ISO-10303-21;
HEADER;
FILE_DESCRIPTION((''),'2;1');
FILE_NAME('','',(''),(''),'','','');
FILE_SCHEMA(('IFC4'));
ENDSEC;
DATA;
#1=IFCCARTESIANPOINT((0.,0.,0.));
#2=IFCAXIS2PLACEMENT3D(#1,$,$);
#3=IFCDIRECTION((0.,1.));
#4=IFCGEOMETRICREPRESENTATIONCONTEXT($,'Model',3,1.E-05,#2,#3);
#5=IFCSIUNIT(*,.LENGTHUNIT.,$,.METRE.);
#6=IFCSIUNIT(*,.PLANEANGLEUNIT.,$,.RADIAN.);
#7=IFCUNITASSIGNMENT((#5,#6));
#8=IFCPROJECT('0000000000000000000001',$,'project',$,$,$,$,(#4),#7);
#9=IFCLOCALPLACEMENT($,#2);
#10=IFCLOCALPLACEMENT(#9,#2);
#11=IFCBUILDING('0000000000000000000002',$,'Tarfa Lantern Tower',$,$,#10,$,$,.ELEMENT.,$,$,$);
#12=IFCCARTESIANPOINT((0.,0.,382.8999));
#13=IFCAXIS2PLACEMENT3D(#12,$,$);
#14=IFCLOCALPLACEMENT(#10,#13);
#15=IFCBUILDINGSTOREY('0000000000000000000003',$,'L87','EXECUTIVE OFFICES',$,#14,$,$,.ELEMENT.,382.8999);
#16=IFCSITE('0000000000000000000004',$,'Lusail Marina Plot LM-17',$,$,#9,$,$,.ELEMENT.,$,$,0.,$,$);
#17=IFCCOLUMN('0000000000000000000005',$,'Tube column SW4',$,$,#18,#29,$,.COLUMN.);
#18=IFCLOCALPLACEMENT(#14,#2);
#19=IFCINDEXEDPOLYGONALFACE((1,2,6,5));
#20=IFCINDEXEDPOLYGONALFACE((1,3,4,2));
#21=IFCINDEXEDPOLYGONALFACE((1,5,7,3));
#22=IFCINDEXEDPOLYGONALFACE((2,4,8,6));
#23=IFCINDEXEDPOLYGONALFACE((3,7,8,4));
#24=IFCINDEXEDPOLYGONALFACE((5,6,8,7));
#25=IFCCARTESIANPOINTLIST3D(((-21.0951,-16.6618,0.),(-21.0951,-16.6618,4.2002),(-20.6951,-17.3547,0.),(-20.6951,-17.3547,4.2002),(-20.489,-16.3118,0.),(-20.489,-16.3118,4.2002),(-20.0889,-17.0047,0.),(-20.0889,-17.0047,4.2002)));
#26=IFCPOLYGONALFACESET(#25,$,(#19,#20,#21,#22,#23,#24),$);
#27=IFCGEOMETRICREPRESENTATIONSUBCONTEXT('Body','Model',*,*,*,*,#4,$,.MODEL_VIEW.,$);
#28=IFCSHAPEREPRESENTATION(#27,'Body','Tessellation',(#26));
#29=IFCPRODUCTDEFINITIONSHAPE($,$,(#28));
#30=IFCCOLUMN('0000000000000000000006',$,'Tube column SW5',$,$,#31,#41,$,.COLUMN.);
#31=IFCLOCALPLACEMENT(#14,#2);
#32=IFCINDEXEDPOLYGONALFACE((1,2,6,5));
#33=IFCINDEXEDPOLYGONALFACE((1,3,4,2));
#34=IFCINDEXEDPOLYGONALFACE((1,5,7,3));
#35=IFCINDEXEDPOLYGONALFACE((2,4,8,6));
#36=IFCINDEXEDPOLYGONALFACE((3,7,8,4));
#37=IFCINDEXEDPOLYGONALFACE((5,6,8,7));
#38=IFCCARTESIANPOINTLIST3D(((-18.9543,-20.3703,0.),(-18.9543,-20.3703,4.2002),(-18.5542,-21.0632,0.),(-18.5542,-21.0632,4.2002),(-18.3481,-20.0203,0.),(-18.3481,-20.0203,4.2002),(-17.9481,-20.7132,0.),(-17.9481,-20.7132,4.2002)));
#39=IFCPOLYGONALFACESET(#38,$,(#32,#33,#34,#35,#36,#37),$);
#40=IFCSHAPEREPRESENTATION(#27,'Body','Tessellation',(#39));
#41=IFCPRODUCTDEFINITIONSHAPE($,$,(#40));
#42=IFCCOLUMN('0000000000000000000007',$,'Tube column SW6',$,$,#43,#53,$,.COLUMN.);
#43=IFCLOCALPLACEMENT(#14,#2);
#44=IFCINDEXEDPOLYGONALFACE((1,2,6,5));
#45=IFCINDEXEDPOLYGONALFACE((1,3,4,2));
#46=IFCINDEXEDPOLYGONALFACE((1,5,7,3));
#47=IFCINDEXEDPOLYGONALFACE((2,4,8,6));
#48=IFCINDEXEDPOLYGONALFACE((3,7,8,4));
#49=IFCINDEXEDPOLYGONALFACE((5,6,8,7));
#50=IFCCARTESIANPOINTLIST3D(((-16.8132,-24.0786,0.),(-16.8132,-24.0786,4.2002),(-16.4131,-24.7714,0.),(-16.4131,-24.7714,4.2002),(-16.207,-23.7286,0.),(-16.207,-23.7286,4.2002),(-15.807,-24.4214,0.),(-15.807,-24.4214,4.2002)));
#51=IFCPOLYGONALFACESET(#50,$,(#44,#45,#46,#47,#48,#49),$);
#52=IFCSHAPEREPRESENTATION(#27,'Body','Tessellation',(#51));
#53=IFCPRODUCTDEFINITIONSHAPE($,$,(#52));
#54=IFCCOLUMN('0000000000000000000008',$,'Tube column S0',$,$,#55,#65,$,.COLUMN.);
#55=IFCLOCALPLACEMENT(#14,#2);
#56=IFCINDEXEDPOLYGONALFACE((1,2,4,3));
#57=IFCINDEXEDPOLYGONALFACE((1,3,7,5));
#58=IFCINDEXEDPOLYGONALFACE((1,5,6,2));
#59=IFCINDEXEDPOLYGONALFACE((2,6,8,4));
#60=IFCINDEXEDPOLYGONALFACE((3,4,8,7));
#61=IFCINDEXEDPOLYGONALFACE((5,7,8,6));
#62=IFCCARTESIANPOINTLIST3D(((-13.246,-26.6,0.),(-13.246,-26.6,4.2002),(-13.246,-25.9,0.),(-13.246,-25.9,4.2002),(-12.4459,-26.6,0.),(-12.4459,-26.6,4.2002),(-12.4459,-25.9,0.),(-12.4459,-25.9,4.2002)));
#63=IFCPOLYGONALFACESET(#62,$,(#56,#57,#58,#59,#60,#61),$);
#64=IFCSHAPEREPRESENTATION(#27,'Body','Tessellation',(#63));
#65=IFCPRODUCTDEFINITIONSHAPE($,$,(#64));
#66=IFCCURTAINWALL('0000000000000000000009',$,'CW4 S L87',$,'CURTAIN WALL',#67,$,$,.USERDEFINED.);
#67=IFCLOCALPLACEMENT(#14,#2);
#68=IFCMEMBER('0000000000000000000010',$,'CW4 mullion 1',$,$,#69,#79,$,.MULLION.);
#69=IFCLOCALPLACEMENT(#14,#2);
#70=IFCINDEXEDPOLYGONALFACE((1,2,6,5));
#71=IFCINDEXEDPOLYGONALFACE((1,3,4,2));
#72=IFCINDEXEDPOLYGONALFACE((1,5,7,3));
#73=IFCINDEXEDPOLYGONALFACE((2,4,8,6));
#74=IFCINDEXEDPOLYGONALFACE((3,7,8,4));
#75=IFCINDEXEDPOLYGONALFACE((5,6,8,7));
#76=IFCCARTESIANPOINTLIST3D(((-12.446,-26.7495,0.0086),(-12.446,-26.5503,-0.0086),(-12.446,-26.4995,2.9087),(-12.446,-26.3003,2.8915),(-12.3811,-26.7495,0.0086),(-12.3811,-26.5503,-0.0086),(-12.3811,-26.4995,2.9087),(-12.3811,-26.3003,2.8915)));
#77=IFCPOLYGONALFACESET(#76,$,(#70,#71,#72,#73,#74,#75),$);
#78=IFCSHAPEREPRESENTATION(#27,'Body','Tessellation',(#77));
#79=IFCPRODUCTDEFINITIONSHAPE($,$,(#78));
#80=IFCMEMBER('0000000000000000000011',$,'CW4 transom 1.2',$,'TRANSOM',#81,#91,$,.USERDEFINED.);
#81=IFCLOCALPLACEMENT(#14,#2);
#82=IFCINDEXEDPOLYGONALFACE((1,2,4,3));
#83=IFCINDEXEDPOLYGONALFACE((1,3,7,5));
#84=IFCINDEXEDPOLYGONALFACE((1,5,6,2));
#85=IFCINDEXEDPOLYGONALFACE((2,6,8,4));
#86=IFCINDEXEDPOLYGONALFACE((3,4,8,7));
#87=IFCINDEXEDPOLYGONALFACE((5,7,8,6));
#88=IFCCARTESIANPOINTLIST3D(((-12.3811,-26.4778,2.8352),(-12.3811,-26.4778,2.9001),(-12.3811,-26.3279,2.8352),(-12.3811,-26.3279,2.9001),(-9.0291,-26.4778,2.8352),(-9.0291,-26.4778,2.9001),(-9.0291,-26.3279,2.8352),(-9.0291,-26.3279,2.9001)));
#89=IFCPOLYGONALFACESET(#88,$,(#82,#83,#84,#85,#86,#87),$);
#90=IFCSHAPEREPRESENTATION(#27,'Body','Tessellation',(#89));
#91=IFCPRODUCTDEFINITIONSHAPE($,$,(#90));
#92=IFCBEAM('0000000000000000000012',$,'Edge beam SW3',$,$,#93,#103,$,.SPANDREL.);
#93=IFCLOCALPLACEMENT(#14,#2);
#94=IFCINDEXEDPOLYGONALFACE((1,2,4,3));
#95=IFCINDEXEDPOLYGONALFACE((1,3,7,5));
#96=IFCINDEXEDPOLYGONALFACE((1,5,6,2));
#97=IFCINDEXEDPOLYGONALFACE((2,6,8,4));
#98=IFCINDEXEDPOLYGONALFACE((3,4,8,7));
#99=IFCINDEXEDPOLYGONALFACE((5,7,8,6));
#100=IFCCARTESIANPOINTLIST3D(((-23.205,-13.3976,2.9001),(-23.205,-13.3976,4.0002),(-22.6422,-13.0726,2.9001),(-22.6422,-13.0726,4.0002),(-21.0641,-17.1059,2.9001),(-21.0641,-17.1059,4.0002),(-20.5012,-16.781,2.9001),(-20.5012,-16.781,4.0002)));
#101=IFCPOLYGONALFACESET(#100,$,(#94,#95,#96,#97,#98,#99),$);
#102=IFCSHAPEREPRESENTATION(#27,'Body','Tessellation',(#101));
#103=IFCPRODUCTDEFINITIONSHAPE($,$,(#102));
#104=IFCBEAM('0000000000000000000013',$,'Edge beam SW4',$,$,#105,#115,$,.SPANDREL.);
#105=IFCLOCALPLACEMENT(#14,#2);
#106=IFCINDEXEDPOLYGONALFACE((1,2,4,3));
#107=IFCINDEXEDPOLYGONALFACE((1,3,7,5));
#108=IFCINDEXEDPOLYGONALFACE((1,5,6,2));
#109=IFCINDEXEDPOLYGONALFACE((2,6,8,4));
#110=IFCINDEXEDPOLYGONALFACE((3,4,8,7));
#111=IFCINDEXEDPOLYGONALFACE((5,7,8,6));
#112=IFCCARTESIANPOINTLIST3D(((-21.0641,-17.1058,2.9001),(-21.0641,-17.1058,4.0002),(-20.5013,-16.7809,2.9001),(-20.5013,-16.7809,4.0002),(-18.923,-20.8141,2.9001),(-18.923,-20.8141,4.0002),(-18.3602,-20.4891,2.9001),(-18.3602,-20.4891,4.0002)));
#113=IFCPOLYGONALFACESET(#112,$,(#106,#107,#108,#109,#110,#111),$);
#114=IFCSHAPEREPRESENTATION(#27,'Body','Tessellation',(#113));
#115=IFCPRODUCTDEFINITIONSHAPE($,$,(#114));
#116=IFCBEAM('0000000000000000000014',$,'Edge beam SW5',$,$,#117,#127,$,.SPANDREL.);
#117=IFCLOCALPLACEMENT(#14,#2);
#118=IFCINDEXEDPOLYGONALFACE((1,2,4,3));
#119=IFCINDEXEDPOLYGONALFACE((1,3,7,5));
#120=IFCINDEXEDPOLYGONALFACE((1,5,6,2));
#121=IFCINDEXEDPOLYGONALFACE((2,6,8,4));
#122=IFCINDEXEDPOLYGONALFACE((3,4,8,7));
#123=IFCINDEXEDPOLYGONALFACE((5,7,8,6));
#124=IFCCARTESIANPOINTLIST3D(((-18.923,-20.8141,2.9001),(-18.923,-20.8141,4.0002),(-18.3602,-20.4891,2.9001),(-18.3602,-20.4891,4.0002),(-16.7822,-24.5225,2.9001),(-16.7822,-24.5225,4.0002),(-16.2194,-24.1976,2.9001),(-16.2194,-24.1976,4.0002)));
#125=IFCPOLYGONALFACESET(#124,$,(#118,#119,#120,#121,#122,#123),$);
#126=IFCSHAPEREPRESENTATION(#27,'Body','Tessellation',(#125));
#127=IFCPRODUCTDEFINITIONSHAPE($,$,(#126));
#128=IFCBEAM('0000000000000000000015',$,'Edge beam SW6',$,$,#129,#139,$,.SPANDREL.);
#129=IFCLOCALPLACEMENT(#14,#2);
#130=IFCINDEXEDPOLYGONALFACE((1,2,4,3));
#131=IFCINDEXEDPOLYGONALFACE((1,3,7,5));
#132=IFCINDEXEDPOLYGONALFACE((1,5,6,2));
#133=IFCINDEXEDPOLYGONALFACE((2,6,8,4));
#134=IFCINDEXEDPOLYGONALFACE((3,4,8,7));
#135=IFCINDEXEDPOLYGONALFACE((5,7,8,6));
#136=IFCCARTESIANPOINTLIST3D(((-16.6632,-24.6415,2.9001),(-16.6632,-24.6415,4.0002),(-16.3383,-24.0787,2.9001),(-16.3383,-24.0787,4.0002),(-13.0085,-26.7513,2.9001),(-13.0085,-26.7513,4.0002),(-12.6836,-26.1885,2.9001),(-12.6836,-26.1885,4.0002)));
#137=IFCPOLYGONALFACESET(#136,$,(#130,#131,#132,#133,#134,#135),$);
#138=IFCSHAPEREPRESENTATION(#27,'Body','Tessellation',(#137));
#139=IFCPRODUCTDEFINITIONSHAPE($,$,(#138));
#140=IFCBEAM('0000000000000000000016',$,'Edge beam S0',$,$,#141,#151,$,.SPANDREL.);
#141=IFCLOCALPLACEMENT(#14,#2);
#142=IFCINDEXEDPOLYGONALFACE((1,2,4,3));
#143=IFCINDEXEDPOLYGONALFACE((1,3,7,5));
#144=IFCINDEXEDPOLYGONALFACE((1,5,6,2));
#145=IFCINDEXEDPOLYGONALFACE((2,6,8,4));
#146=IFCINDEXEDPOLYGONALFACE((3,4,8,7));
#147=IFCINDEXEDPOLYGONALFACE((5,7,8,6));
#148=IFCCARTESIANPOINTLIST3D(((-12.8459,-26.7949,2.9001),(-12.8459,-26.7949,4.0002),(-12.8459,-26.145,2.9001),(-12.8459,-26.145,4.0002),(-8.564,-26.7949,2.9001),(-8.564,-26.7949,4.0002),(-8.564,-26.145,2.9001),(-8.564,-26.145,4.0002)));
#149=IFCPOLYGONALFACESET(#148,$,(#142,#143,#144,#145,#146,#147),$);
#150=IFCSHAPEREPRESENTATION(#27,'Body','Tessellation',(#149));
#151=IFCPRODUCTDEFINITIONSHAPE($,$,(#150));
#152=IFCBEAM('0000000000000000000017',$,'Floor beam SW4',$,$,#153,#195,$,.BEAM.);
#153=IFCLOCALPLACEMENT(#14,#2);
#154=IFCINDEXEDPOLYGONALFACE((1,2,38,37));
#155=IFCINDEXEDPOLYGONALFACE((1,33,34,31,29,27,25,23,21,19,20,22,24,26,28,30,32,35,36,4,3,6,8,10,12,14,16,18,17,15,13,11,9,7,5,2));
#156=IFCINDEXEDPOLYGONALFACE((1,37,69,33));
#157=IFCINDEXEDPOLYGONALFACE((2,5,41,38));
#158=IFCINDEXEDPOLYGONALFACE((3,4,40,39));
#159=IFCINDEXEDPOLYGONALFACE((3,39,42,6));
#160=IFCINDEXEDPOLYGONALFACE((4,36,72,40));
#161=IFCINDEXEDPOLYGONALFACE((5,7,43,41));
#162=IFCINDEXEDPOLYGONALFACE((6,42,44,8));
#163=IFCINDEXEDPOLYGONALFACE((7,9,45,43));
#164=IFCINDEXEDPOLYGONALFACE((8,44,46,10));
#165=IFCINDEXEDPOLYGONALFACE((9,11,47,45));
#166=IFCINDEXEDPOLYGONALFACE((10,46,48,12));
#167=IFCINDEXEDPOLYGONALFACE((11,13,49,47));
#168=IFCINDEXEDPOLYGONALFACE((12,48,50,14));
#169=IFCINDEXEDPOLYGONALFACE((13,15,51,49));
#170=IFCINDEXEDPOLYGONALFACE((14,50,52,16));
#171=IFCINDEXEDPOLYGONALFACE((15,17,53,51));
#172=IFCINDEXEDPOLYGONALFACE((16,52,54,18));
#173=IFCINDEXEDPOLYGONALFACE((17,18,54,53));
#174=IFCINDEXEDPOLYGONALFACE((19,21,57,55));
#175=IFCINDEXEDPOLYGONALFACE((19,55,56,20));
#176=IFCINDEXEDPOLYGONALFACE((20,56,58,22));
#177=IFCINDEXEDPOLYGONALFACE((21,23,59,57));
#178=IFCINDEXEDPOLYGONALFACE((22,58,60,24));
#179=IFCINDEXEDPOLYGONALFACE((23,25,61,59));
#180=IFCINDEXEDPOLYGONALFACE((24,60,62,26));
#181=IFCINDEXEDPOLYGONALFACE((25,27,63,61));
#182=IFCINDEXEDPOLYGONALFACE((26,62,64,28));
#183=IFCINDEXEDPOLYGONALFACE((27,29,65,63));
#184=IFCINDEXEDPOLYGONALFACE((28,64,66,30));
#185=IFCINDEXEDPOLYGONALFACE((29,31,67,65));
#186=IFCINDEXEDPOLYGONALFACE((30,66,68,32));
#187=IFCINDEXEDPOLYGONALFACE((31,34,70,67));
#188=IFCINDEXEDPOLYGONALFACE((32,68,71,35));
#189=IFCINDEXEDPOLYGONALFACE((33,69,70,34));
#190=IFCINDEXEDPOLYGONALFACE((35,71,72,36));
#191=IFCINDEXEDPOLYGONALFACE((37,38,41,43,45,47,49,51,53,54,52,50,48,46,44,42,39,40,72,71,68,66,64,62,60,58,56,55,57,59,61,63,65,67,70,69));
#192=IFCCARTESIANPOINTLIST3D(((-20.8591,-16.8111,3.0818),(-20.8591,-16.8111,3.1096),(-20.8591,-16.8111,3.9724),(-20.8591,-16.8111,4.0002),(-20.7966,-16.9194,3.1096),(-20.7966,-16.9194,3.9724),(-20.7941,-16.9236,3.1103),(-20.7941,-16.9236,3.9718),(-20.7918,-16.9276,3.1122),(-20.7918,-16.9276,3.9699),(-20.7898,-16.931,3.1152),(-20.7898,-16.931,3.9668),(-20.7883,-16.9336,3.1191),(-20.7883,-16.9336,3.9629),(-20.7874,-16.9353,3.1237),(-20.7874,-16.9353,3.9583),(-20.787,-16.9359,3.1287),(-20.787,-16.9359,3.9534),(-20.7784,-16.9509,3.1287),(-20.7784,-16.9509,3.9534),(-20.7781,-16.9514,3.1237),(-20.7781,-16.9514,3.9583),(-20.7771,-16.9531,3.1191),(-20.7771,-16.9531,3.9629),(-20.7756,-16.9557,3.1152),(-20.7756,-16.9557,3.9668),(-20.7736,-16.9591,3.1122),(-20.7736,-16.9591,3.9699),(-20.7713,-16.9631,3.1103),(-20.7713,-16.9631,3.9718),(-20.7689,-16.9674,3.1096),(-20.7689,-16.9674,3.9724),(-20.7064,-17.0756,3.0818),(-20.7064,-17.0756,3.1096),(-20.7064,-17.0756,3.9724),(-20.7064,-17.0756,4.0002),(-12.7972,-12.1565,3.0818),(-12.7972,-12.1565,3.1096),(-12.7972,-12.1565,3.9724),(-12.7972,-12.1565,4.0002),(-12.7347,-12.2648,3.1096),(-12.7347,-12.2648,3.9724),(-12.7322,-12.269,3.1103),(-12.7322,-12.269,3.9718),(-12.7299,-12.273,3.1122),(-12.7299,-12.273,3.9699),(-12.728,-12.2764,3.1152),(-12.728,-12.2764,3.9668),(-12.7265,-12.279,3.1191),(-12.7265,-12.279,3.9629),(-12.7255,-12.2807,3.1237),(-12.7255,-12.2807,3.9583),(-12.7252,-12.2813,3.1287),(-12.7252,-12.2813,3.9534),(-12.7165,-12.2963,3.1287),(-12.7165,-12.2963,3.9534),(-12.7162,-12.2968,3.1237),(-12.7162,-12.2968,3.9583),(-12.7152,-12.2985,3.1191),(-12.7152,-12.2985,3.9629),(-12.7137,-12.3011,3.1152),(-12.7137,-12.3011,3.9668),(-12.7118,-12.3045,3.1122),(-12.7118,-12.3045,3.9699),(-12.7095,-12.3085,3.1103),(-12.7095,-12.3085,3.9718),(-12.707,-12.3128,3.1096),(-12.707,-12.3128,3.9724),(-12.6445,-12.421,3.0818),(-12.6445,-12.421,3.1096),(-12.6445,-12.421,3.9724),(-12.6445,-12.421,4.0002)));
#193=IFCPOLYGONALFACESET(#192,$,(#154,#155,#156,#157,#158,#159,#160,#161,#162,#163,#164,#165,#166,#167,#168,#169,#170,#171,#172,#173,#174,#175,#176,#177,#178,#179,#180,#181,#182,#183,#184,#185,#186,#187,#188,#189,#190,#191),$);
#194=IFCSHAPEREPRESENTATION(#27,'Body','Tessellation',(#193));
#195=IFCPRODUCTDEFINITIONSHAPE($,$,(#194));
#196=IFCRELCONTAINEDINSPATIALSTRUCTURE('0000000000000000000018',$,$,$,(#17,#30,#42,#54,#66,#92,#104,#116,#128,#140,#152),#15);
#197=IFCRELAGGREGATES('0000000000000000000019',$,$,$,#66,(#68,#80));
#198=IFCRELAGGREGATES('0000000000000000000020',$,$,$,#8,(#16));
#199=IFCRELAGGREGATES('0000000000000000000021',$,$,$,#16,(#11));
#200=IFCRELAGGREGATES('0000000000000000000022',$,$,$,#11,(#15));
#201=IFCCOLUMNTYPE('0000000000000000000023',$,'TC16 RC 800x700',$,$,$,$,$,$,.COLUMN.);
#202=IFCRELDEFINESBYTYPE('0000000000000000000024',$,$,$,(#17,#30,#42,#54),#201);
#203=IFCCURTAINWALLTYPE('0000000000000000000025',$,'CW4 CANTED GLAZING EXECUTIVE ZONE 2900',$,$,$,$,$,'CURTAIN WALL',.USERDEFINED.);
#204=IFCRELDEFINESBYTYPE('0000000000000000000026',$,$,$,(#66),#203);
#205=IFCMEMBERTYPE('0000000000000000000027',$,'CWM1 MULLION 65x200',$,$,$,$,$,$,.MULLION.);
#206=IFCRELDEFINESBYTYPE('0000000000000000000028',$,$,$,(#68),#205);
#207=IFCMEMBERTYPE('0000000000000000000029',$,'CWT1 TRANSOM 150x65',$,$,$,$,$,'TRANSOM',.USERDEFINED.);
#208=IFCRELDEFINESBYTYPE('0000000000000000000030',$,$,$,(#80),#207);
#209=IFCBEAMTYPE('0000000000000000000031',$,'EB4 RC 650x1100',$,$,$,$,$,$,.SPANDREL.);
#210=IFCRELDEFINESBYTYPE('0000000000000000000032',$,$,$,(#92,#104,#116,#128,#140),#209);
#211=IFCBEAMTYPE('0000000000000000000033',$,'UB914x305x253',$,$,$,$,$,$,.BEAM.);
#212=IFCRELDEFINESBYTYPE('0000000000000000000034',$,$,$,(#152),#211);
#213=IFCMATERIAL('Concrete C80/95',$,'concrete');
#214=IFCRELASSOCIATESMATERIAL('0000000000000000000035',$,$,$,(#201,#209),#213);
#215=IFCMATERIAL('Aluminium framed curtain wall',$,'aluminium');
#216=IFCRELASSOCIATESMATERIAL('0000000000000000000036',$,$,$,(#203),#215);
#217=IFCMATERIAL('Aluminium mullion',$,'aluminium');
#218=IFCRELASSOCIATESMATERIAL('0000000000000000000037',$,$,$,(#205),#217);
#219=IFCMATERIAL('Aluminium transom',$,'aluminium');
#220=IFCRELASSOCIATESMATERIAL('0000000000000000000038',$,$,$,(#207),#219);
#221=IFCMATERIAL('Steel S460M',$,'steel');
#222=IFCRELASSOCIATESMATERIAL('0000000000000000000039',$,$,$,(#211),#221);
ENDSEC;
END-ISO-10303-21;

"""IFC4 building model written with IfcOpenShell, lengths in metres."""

from ifc_helpers import new_model, si_unit, direction, frame, origin, origin_2d, place, context, subcontext, project, spatial, rectangle, i_section, extrude, material, material_profile, profile_set, type_object, element, aggregate, save


model = new_model("IFC4")

# Units and contexts
model_context = context("Model", 3, precision=1e-05, world=origin(), true_north=direction((0.0, 1.0)))
body_context = subcontext(model_context, "Body", "Model", "MODEL_VIEW")
ifc_project = project(units=[si_unit("LENGTHUNIT", "METRE"), si_unit("PLANEANGLEUNIT", "RADIAN")], contexts=[model_context])

# Site, building, storey
site_placement = place(None, origin())
site = spatial("IfcSite", under=ifc_project, at=site_placement, Name="Lusail Marina Plot LM-17", CompositionType="ELEMENT", RefElevation=0.0)
building_placement = place(site_placement, origin())
building = spatial("IfcBuilding", under=site, at=building_placement, Name="Tarfa Lantern Tower", CompositionType="ELEMENT")
storey_placement = place(building_placement, frame((0.0, 0.0, 382.8999)))
storey = spatial("IfcBuildingStorey", under=building, at=storey_placement, Name="L87", Description="EXECUTIVE OFFICES", CompositionType="ELEMENT", Elevation=382.8999)

# Columns
ifc_material_1 = material(Name="Concrete C80/95", Category="concrete")
ifc_material_profile_1 = material_profile(ifc_material_1, rectangle(XDim=0.8, YDim=0.7, at=origin_2d()), Name="RC 800x700")
ifc_profile_set_1 = profile_set([ifc_material_profile_1], Name="Concrete C80/95")
column_type = type_object("IfcColumnType", Name="TC16 RC 800x700", PredefinedType="COLUMN", material=ifc_profile_set_1)
for number, where, z_axis, x_axis, name in (
    (1, (-20.592, -16.8333, 0.0), (0.0, 0.0, 1.0), (0.5, -0.866025, 0.0), "Tube column SW4"),
    (2, (-18.4512, -20.5417, 0.0), (0.0, 0.0, 1.0), (0.5, -0.866025, 0.0), "Tube column SW5"),
    (3, (-16.3101, -24.25, 0.0), (0.0, 0.0, 1.0), (0.5, -0.866025, 0.0), "Tube column SW6"),
    (4, (-12.8459, -26.25, 0.0), (0.0, 0.0, 1.0), (1.0, 0.0, 0.0), "Tube column S0"),
):
    element("IfcColumn", number, at=place(storey_placement, frame(where, z_axis=z_axis, x_axis=x_axis)), inside=storey, type_object=column_type, Name=name, PredefinedType="COLUMN", context=body_context, shape_type="SweptSolid", body=[
        extrude(rectangle(XDim=0.8, YDim=0.7, at=origin_2d()), origin(), (0.0, 0.0, 1.0), 4.2002),
    ])

# Curtain wall, members
ifc_material_2 = material(Name="Aluminium framed curtain wall", Category="aluminium")
curtain_wall_type = type_object("IfcCurtainWallType", Name="CW4 CANTED GLAZING EXECUTIVE ZONE 2900", ElementType="CURTAIN WALL", PredefinedType="USERDEFINED", material=ifc_material_2)
curtain_wall_placement = place(storey_placement, origin())
curtain_wall = element("IfcCurtainWall", 5, at=curtain_wall_placement, inside=storey, type_object=curtain_wall_type, Name="CW4 S L87", ObjectType="CURTAIN WALL", PredefinedType="USERDEFINED")
ifc_material_3 = material(Name="Aluminium mullion", Category="aluminium")
ifc_material_profile_2 = material_profile(ifc_material_3, rectangle(XDim=0.0649, YDim=0.2, at=origin_2d()), Name="AL MULLION 65x200")
ifc_profile_set_2 = profile_set([ifc_material_profile_2], Name="Aluminium mullion")
member_type_1 = type_object("IfcMemberType", Name="CWM1 MULLION 65x200", PredefinedType="MULLION", material=ifc_profile_set_2)
member_1_placement = place(storey_placement, frame((-12.4136, -26.6499, 0.0), z_axis=(0.0, 0.085884, 0.996305), x_axis=(-1.0, 0.0, 0.0)))
member_1 = element("IfcMember", 6, at=member_1_placement, type_object=member_type_1, Name="CW4 mullion 1", PredefinedType="MULLION", context=body_context, shape_type="SweptSolid", body=[
    extrude(rectangle(XDim=0.0649, YDim=0.2, at=origin_2d()), origin(), (0.0, 0.0, 1.0), 2.9109),
])
ifc_material_4 = material(Name="Aluminium transom", Category="aluminium")
ifc_material_profile_3 = material_profile(ifc_material_4, rectangle(XDim=0.1499, YDim=0.0649, at=origin_2d()), Name="AL TRANSOM 150x65")
ifc_profile_set_3 = profile_set([ifc_material_profile_3], Name="Aluminium transom")
member_type_2 = type_object("IfcMemberType", Name="CWT1 TRANSOM 150x65", ElementType="TRANSOM", PredefinedType="USERDEFINED", material=ifc_profile_set_3)
member_2_placement = place(storey_placement, frame((-12.3811, -26.4028, 2.8677), z_axis=(1.0, 0.0, 0.0), x_axis=(0.0, 1.0, 0.0)))
member_2 = element("IfcMember", 7, at=member_2_placement, type_object=member_type_2, Name="CW4 transom 1.2", ObjectType="TRANSOM", PredefinedType="USERDEFINED", context=body_context, shape_type="SweptSolid", body=[
    extrude(rectangle(XDim=0.1499, YDim=0.0649, at=origin_2d()), origin(), (0.0, 0.0, 1.0), 3.3521),
])

# Beams
ifc_material_profile_4 = material_profile(ifc_material_1, rectangle(XDim=0.6499, YDim=1.1001, at=origin_2d()), Name="RC 650x1100")
ifc_profile_set_4 = profile_set([ifc_material_profile_4], Name="Concrete C80/95")
beam_type_1 = type_object("IfcBeamType", Name="EB4 RC 650x1100", PredefinedType="SPANDREL", material=ifc_profile_set_4)
for number, where, z_axis, x_axis, name in (
    (8, (-22.9236, -13.2351, 3.4502), (0.499984, -0.866035, 0.0), (0.866035, 0.499984, 0.0), "Edge beam SW3"),
    (9, (-20.7827, -16.9434, 3.4502), (0.500027, -0.86601, 0.0), (0.86601, 0.500027, 0.0), "Edge beam SW4"),
    (10, (-18.6416, -20.6516, 3.4502), (0.499959, -0.866049, 0.0), (0.866049, 0.499959, 0.0), "Edge beam SW5"),
):
    element("IfcBeam", number, at=place(storey_placement, frame(where, z_axis=z_axis, x_axis=x_axis)), inside=storey, type_object=beam_type_1, Name=name, PredefinedType="SPANDREL", context=body_context, shape_type="SweptSolid", body=[
        extrude(rectangle(XDim=0.6499, YDim=1.1001, at=origin_2d()), origin(), (0.0, 0.0, 1.0), 4.282),
    ])
beam_1_placement = place(storey_placement, frame((-16.5007, -24.3601, 3.4502), z_axis=(0.866049, -0.499959, 0.0), x_axis=(0.499959, 0.866049, 0.0)))
element("IfcBeam", 11, at=beam_1_placement, inside=storey, type_object=beam_type_1, Name="Edge beam SW6", PredefinedType="SPANDREL", context=body_context, shape_type="SweptSolid", body=[
    extrude(rectangle(XDim=0.6499, YDim=1.1001, at=origin_2d()), origin(), (0.0, 0.0, 1.0), 4.22),
])
beam_2_placement = place(storey_placement, frame((-12.8459, -26.47, 3.4502), z_axis=(1.0, 0.0, 0.0), x_axis=(0.0, 1.0, 0.0)))
element("IfcBeam", 12, at=beam_2_placement, inside=storey, type_object=beam_type_1, Name="Edge beam S0", PredefinedType="SPANDREL", context=body_context, shape_type="SweptSolid", body=[
    extrude(rectangle(XDim=0.6499, YDim=1.1001, at=origin_2d()), origin(), (0.0, 0.0, 1.0), 4.282),
])
ifc_material_5 = material(Name="Steel S460M", Category="steel")
ifc_material_profile_5 = material_profile(ifc_material_5, i_section(OverallWidth=0.3054, OverallDepth=0.9185, WebThickness=0.0173, FlangeThickness=0.0278, FilletRadius=0.019, at=origin_2d()), Name="UB914x305x253")
ifc_profile_set_5 = profile_set([ifc_material_profile_5], Name="Steel S460M")
beam_type_2 = type_object("IfcBeamType", Name="UB914x305x253", PredefinedType="BEAM", material=ifc_profile_set_5)
beam_3_placement = place(storey_placement, frame((-20.7827, -16.9434, 3.541), z_axis=(0.866022, 0.500006, 0.0), x_axis=(-0.500006, 0.866022, 0.0)))
element("IfcBeam", 13, at=beam_3_placement, inside=storey, type_object=beam_type_2, Name="Floor beam SW4", PredefinedType="BEAM", context=body_context, shape_type="SweptSolid", body=[
    extrude(i_section(OverallWidth=0.3054, OverallDepth=0.9185, WebThickness=0.0173, FlangeThickness=0.0278, FilletRadius=0.019, at=origin_2d()), origin(), (0.0, 0.0, 1.0), 9.3091),
])

aggregate(curtain_wall, [member_1, member_2])

save(model, "model.ifc")
